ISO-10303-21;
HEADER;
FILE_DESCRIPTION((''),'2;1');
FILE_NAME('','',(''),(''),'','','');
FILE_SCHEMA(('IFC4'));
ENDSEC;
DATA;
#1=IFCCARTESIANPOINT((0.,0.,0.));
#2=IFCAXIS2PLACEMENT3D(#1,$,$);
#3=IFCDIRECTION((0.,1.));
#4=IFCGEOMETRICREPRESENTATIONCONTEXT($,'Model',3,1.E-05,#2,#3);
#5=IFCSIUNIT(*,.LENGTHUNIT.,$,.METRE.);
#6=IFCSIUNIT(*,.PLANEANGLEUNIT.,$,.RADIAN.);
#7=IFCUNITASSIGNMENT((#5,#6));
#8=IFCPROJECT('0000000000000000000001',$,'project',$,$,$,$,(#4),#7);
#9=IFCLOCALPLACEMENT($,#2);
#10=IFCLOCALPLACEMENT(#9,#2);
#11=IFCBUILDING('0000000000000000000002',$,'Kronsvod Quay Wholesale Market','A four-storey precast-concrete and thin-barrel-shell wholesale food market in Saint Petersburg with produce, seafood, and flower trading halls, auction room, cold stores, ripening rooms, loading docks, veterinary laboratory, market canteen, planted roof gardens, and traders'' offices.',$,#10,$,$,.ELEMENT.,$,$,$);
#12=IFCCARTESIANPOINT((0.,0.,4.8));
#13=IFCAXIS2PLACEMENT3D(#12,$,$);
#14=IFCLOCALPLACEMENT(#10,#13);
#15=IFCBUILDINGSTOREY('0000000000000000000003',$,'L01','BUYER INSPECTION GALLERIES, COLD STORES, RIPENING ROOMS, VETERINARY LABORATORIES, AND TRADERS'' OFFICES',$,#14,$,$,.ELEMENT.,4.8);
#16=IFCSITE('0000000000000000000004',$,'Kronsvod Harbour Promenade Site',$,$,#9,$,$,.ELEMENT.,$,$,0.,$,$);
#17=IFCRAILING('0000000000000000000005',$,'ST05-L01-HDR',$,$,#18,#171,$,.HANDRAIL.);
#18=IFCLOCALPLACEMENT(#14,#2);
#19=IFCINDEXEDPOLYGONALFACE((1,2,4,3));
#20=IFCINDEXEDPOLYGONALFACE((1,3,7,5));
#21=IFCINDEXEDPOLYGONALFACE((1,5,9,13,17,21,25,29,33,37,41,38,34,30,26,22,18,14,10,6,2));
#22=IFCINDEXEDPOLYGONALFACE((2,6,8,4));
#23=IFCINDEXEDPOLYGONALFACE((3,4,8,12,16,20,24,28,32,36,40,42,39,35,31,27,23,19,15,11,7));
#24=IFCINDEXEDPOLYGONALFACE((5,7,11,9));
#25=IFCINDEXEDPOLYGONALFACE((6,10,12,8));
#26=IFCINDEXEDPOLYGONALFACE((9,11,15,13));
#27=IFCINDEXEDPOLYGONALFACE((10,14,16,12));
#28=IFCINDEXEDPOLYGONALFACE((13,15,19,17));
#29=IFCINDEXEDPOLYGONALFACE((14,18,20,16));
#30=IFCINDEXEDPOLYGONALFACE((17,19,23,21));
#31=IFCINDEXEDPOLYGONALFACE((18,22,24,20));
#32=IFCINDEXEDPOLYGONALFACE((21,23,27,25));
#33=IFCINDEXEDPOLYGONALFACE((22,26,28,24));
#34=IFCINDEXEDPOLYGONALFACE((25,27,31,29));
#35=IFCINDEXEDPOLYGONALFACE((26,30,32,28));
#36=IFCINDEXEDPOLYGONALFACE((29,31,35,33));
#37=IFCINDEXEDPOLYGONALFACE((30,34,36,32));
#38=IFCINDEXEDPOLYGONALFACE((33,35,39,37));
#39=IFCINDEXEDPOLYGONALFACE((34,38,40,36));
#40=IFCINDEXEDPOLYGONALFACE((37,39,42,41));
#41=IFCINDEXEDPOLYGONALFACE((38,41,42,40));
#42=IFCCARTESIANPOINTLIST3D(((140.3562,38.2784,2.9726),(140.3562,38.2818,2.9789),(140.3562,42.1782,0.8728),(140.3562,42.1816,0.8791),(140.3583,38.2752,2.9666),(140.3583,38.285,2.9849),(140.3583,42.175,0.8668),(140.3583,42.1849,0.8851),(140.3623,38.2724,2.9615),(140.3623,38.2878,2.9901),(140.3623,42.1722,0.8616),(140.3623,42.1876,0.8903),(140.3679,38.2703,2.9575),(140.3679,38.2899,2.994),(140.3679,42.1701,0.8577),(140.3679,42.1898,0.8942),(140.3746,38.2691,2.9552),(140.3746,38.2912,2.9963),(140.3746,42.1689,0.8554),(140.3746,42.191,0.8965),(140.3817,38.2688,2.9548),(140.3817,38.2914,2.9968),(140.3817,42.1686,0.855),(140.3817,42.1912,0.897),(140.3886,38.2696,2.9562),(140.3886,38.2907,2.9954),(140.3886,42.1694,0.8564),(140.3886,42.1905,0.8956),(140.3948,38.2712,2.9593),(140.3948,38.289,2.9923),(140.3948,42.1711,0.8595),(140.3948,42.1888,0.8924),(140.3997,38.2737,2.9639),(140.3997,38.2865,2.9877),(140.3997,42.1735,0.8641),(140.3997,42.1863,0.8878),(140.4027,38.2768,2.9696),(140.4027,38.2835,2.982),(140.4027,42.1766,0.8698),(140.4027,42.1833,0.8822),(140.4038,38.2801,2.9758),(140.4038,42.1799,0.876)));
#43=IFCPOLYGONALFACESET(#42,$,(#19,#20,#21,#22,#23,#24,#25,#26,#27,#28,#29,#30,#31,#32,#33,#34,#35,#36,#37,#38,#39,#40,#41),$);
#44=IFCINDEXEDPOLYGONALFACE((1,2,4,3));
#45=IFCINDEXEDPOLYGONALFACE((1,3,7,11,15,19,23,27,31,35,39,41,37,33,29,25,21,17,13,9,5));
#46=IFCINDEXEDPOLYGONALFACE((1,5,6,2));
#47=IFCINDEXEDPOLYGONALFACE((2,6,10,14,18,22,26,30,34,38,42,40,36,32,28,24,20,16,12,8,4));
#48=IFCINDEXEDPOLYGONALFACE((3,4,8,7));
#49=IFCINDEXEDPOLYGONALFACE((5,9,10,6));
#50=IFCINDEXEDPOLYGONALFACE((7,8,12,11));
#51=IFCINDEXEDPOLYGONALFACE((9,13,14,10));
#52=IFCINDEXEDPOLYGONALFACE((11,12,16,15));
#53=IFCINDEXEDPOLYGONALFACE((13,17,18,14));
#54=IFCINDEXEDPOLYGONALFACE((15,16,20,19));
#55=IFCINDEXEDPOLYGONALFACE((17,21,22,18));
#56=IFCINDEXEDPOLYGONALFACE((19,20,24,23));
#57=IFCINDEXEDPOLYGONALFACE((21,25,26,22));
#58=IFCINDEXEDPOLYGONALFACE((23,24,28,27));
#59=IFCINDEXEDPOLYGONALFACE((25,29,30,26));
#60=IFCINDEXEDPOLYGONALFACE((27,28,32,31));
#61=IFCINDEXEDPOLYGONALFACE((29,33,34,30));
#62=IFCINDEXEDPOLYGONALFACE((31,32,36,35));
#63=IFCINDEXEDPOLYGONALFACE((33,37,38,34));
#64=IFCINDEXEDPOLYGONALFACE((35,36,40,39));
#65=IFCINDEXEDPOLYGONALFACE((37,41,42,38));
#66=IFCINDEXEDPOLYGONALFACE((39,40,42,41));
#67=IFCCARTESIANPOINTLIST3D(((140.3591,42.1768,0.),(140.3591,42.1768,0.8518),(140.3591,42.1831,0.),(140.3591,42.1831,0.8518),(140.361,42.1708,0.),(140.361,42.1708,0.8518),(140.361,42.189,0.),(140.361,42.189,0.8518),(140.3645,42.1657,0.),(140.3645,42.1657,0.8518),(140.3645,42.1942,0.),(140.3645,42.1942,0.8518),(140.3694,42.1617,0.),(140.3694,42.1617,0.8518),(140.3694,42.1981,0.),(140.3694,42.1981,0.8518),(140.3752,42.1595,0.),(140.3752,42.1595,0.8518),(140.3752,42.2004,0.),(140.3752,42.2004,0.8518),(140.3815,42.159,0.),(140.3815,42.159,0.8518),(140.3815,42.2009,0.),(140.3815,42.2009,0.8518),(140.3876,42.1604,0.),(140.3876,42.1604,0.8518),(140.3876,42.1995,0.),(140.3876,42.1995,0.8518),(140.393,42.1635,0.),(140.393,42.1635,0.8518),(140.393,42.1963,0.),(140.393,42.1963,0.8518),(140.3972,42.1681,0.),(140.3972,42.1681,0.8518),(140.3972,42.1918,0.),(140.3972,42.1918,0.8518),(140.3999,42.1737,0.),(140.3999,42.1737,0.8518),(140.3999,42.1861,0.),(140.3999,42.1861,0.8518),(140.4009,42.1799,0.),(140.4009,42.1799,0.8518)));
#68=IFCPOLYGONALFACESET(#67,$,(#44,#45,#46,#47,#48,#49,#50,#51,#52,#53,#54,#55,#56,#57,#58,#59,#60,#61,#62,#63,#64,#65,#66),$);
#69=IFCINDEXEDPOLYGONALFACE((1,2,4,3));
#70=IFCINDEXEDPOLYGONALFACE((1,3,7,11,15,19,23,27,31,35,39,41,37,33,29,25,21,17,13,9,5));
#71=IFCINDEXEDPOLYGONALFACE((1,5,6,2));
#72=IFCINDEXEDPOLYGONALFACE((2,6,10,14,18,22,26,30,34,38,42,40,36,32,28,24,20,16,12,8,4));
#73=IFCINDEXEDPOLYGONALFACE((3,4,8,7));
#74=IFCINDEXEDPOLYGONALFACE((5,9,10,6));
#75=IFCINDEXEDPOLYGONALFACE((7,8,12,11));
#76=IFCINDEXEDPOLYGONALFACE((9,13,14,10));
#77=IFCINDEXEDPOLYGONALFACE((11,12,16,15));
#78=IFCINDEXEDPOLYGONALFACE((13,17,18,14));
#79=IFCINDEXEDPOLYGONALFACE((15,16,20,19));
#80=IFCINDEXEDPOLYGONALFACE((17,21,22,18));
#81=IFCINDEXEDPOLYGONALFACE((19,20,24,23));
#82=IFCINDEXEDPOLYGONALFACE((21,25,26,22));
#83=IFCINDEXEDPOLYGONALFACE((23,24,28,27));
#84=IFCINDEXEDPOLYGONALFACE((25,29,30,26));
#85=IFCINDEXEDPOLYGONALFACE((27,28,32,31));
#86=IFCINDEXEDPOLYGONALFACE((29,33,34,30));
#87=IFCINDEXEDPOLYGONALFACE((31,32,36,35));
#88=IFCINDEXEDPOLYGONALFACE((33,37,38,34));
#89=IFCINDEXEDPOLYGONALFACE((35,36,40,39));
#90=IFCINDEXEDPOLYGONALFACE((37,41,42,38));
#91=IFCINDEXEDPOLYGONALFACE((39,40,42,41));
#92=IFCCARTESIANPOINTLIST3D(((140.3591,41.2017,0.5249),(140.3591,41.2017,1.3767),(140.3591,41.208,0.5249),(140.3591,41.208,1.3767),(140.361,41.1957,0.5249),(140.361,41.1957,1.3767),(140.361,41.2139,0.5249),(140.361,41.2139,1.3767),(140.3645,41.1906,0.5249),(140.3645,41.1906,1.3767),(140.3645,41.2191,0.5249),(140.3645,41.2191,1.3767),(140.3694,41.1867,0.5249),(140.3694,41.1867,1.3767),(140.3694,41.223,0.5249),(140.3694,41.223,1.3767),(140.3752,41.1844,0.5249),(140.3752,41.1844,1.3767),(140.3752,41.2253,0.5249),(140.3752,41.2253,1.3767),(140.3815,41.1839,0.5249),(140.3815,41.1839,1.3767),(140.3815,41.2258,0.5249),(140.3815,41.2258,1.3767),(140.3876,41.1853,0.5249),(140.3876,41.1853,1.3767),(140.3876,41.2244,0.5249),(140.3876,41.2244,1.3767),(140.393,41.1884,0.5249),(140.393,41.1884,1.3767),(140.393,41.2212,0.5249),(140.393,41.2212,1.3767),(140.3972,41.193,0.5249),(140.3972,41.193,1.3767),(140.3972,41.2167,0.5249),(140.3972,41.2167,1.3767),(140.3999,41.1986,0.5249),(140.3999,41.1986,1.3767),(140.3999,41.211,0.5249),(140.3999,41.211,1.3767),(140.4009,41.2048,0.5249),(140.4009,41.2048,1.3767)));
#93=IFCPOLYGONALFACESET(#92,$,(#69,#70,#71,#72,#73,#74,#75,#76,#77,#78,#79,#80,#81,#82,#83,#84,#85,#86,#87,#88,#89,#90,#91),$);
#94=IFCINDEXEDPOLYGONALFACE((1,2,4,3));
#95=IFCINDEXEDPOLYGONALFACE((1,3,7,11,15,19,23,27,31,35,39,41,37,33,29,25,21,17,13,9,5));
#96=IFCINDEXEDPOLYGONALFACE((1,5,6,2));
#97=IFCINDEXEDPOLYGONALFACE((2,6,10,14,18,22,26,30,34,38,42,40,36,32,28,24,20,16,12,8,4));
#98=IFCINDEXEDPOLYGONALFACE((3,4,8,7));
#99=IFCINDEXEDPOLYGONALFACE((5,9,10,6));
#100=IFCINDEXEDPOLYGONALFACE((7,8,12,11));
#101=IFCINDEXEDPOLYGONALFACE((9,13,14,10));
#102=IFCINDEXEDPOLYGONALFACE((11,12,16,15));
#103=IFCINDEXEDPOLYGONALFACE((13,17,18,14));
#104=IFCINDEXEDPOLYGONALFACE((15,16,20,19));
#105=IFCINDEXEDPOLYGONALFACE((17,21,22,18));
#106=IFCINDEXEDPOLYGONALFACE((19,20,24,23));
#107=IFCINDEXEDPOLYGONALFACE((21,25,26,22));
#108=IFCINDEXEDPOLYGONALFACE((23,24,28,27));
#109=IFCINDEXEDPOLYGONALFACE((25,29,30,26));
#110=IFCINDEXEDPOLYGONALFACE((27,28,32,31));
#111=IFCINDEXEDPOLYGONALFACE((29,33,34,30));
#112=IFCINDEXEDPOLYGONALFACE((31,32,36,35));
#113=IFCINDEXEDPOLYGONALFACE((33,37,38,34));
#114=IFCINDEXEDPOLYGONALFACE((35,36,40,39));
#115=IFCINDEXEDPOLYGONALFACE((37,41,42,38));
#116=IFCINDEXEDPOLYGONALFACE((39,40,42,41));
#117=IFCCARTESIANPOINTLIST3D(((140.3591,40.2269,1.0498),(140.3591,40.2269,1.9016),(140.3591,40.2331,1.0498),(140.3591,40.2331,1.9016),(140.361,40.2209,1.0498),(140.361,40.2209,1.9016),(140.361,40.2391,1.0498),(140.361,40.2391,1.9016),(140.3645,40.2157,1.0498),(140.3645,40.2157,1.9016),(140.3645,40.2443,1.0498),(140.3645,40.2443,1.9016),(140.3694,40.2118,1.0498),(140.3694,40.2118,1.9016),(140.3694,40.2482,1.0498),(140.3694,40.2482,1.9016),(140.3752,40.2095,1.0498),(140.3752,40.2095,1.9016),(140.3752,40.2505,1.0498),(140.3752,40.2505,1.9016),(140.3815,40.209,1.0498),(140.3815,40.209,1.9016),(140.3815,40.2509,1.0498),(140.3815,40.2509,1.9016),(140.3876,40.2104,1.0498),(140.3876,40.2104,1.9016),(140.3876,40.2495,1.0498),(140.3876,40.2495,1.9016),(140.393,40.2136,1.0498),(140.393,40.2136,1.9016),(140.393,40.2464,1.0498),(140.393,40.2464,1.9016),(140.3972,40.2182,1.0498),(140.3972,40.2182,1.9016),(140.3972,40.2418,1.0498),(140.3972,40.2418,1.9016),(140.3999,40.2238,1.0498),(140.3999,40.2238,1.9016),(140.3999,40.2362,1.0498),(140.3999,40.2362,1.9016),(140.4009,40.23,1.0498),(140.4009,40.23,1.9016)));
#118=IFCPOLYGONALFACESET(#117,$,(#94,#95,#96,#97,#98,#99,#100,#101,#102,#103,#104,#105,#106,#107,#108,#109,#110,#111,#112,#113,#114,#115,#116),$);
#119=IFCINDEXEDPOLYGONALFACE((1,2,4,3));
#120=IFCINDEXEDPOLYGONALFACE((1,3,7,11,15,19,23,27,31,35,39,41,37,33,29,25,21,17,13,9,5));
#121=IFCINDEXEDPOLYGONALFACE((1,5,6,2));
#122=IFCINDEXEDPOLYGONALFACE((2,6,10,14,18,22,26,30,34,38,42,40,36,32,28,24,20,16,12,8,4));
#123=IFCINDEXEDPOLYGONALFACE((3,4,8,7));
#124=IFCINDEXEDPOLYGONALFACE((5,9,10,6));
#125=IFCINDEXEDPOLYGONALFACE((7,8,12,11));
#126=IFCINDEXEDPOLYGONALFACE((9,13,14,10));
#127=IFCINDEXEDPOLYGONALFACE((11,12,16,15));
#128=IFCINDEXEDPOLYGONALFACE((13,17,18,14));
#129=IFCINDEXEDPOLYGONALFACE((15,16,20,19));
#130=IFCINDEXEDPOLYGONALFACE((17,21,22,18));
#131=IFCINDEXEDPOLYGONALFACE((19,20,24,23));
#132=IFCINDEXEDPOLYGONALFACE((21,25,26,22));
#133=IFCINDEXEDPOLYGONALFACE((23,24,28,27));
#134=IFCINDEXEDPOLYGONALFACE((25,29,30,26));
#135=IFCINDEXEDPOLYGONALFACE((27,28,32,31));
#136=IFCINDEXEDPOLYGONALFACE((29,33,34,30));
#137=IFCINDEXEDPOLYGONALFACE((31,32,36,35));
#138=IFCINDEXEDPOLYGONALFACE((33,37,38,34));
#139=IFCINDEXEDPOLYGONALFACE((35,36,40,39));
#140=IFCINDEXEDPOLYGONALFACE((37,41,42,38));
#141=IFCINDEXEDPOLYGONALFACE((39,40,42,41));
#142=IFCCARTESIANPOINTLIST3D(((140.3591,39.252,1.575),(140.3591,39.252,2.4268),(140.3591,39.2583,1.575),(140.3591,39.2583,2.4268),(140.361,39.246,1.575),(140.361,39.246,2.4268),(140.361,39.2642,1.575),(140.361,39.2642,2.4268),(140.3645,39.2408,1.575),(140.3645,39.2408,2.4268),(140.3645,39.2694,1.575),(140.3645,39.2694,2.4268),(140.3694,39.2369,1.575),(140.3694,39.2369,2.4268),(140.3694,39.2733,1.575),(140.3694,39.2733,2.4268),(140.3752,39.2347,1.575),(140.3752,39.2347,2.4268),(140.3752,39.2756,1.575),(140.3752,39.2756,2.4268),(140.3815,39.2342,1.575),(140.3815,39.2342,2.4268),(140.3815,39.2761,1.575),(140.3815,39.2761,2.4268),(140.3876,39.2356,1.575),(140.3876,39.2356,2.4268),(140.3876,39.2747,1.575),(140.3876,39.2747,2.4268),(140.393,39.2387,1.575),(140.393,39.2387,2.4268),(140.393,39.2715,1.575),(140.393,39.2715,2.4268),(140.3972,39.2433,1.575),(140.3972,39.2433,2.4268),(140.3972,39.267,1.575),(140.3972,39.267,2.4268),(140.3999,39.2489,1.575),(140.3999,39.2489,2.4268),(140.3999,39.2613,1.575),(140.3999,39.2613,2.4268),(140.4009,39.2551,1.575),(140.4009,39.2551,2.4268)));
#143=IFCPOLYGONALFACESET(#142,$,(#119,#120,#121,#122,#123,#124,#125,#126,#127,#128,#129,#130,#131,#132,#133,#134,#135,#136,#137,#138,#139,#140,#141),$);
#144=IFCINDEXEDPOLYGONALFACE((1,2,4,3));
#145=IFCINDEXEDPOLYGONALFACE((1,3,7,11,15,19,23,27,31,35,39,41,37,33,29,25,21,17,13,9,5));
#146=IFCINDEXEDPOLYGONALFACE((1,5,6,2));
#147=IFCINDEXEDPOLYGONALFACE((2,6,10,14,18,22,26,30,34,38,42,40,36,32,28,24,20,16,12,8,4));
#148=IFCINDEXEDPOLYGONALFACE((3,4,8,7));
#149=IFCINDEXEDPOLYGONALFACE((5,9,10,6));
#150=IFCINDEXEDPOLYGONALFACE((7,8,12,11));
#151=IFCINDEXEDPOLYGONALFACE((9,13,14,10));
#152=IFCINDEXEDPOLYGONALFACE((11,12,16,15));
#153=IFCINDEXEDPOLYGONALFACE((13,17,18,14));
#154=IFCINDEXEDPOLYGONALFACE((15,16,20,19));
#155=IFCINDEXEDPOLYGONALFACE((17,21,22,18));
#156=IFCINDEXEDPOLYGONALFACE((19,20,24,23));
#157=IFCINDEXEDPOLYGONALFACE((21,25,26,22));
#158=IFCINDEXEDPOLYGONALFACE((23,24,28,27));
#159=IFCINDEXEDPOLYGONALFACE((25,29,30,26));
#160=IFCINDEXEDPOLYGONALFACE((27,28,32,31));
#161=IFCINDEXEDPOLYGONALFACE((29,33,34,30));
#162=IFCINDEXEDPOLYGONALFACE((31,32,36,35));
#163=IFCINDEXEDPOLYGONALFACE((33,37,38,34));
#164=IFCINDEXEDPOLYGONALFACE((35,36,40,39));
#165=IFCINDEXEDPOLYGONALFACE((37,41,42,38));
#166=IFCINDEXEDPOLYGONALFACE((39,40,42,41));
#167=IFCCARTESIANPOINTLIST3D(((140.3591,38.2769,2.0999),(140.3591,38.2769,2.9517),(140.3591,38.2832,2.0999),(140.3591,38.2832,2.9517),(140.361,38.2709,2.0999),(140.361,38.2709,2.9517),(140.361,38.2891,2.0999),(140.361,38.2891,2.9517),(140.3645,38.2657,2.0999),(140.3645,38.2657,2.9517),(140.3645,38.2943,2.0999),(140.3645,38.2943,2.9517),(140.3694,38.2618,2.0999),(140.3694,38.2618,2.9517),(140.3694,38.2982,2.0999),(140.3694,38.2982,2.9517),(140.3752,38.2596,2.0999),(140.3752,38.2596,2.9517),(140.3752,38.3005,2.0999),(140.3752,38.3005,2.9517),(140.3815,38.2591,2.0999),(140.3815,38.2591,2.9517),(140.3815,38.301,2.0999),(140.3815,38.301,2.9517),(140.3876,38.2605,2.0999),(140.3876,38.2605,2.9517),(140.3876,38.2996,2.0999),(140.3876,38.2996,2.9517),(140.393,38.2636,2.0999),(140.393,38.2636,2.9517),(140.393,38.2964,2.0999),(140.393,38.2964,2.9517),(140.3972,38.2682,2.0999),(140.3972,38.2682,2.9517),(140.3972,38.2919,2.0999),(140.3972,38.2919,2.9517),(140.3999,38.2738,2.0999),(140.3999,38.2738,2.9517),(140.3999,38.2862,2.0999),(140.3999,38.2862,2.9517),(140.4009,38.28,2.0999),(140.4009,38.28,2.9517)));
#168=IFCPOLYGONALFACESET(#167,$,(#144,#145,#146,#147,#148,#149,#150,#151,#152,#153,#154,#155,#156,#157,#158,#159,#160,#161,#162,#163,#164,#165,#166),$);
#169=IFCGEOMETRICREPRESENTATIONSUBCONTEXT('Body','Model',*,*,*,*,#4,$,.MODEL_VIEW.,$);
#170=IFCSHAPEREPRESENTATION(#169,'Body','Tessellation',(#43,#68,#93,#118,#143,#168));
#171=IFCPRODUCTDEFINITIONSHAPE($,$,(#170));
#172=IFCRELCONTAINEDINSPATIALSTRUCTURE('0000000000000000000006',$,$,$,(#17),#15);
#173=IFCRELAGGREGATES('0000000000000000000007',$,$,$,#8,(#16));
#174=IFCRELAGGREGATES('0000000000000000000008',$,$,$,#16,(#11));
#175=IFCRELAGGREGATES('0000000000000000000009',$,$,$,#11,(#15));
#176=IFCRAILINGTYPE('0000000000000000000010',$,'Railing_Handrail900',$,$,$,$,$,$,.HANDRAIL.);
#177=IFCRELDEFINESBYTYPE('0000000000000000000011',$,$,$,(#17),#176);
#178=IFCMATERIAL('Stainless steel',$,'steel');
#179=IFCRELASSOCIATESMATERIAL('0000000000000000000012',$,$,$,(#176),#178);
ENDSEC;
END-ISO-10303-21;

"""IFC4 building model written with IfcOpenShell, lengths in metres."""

from ifc_helpers import new_model, si_unit, direction, frame, origin, origin_2d, place, context, subcontext, project, spatial, circle, extrude, material, type_object, element, save


model = new_model("IFC4")

# Units and contexts
model_context = context("Model", 3, precision=1e-05, world=origin(), true_north=direction((0.0, 1.0)))
body_context = subcontext(model_context, "Body", "Model", "MODEL_VIEW")
ifc_project = project(units=[si_unit("LENGTHUNIT", "METRE"), si_unit("PLANEANGLEUNIT", "RADIAN")], contexts=[model_context])

# Site, building, storey
site_placement = place(None, origin())
site = spatial("IfcSite", under=ifc_project, at=site_placement, Name="Kronsvod Harbour Promenade Site", CompositionType="ELEMENT", RefElevation=0.0)
building_placement = place(site_placement, origin())
building = spatial("IfcBuilding", under=site, at=building_placement, Name="Kronsvod Quay Wholesale Market", Description="A four-storey precast-concrete and thin-barrel-shell wholesale food market in Saint Petersburg with produce, seafood, and flower trading halls, auction room, cold stores, ripening rooms, loading docks, veterinary laboratory, market canteen, planted roof gardens, and traders' offices.", CompositionType="ELEMENT")
storey_placement = place(building_placement, frame((0.0, 0.0, 4.8)))
storey = spatial("IfcBuildingStorey", under=building, at=storey_placement, Name="L01", Description="BUYER INSPECTION GALLERIES, COLD STORES, RIPENING ROOMS, VETERINARY LABORATORIES, AND TRADERS' OFFICES", CompositionType="ELEMENT", Elevation=4.8)

# Railing
ifc_material_1 = material(Name="Stainless steel", Category="steel")
railing_type_1 = type_object("IfcRailingType", Name="Railing_Handrail900", PredefinedType="HANDRAIL", material=ifc_material_1)
railing_1_placement = place(storey_placement, frame((140.3799, 42.1799, 0.0)))
element("IfcRailing", 1, at=railing_1_placement, inside=storey, type_object=railing_type_1, Name="ST05-L01-HDR", PredefinedType="HANDRAIL", context=body_context, shape_type="SweptSolid", body=[
    extrude(circle(Radius=0.0239, at=origin_2d()), frame((0.0, 0.0, 0.876), z_axis=(0.0, -0.88048, 0.474083), x_axis=(1.0, 0.0, 0.0)), (0.0, 0.0, 1.0), 4.4292),
    extrude(circle(Radius=0.021, at=origin_2d()), origin(), (0.0, 0.0, 1.0), 0.8518),
    extrude(circle(Radius=0.021, at=origin_2d()), frame((0.0, -0.9751, 0.5249)), (0.0, 0.0, 1.0), 0.8518),
    extrude(circle(Radius=0.021, at=origin_2d()), frame((0.0, -1.95, 1.0498)), (0.0, 0.0, 1.0), 0.8518),
    extrude(circle(Radius=0.021, at=origin_2d()), frame((0.0, -2.9248, 1.575)), (0.0, 0.0, 1.0), 0.8518),
    extrude(circle(Radius=0.021, at=origin_2d()), frame((0.0, -3.8999, 2.0999)), (0.0, 0.0, 1.0), 0.8518),
])

save(model, "model.ifc")
